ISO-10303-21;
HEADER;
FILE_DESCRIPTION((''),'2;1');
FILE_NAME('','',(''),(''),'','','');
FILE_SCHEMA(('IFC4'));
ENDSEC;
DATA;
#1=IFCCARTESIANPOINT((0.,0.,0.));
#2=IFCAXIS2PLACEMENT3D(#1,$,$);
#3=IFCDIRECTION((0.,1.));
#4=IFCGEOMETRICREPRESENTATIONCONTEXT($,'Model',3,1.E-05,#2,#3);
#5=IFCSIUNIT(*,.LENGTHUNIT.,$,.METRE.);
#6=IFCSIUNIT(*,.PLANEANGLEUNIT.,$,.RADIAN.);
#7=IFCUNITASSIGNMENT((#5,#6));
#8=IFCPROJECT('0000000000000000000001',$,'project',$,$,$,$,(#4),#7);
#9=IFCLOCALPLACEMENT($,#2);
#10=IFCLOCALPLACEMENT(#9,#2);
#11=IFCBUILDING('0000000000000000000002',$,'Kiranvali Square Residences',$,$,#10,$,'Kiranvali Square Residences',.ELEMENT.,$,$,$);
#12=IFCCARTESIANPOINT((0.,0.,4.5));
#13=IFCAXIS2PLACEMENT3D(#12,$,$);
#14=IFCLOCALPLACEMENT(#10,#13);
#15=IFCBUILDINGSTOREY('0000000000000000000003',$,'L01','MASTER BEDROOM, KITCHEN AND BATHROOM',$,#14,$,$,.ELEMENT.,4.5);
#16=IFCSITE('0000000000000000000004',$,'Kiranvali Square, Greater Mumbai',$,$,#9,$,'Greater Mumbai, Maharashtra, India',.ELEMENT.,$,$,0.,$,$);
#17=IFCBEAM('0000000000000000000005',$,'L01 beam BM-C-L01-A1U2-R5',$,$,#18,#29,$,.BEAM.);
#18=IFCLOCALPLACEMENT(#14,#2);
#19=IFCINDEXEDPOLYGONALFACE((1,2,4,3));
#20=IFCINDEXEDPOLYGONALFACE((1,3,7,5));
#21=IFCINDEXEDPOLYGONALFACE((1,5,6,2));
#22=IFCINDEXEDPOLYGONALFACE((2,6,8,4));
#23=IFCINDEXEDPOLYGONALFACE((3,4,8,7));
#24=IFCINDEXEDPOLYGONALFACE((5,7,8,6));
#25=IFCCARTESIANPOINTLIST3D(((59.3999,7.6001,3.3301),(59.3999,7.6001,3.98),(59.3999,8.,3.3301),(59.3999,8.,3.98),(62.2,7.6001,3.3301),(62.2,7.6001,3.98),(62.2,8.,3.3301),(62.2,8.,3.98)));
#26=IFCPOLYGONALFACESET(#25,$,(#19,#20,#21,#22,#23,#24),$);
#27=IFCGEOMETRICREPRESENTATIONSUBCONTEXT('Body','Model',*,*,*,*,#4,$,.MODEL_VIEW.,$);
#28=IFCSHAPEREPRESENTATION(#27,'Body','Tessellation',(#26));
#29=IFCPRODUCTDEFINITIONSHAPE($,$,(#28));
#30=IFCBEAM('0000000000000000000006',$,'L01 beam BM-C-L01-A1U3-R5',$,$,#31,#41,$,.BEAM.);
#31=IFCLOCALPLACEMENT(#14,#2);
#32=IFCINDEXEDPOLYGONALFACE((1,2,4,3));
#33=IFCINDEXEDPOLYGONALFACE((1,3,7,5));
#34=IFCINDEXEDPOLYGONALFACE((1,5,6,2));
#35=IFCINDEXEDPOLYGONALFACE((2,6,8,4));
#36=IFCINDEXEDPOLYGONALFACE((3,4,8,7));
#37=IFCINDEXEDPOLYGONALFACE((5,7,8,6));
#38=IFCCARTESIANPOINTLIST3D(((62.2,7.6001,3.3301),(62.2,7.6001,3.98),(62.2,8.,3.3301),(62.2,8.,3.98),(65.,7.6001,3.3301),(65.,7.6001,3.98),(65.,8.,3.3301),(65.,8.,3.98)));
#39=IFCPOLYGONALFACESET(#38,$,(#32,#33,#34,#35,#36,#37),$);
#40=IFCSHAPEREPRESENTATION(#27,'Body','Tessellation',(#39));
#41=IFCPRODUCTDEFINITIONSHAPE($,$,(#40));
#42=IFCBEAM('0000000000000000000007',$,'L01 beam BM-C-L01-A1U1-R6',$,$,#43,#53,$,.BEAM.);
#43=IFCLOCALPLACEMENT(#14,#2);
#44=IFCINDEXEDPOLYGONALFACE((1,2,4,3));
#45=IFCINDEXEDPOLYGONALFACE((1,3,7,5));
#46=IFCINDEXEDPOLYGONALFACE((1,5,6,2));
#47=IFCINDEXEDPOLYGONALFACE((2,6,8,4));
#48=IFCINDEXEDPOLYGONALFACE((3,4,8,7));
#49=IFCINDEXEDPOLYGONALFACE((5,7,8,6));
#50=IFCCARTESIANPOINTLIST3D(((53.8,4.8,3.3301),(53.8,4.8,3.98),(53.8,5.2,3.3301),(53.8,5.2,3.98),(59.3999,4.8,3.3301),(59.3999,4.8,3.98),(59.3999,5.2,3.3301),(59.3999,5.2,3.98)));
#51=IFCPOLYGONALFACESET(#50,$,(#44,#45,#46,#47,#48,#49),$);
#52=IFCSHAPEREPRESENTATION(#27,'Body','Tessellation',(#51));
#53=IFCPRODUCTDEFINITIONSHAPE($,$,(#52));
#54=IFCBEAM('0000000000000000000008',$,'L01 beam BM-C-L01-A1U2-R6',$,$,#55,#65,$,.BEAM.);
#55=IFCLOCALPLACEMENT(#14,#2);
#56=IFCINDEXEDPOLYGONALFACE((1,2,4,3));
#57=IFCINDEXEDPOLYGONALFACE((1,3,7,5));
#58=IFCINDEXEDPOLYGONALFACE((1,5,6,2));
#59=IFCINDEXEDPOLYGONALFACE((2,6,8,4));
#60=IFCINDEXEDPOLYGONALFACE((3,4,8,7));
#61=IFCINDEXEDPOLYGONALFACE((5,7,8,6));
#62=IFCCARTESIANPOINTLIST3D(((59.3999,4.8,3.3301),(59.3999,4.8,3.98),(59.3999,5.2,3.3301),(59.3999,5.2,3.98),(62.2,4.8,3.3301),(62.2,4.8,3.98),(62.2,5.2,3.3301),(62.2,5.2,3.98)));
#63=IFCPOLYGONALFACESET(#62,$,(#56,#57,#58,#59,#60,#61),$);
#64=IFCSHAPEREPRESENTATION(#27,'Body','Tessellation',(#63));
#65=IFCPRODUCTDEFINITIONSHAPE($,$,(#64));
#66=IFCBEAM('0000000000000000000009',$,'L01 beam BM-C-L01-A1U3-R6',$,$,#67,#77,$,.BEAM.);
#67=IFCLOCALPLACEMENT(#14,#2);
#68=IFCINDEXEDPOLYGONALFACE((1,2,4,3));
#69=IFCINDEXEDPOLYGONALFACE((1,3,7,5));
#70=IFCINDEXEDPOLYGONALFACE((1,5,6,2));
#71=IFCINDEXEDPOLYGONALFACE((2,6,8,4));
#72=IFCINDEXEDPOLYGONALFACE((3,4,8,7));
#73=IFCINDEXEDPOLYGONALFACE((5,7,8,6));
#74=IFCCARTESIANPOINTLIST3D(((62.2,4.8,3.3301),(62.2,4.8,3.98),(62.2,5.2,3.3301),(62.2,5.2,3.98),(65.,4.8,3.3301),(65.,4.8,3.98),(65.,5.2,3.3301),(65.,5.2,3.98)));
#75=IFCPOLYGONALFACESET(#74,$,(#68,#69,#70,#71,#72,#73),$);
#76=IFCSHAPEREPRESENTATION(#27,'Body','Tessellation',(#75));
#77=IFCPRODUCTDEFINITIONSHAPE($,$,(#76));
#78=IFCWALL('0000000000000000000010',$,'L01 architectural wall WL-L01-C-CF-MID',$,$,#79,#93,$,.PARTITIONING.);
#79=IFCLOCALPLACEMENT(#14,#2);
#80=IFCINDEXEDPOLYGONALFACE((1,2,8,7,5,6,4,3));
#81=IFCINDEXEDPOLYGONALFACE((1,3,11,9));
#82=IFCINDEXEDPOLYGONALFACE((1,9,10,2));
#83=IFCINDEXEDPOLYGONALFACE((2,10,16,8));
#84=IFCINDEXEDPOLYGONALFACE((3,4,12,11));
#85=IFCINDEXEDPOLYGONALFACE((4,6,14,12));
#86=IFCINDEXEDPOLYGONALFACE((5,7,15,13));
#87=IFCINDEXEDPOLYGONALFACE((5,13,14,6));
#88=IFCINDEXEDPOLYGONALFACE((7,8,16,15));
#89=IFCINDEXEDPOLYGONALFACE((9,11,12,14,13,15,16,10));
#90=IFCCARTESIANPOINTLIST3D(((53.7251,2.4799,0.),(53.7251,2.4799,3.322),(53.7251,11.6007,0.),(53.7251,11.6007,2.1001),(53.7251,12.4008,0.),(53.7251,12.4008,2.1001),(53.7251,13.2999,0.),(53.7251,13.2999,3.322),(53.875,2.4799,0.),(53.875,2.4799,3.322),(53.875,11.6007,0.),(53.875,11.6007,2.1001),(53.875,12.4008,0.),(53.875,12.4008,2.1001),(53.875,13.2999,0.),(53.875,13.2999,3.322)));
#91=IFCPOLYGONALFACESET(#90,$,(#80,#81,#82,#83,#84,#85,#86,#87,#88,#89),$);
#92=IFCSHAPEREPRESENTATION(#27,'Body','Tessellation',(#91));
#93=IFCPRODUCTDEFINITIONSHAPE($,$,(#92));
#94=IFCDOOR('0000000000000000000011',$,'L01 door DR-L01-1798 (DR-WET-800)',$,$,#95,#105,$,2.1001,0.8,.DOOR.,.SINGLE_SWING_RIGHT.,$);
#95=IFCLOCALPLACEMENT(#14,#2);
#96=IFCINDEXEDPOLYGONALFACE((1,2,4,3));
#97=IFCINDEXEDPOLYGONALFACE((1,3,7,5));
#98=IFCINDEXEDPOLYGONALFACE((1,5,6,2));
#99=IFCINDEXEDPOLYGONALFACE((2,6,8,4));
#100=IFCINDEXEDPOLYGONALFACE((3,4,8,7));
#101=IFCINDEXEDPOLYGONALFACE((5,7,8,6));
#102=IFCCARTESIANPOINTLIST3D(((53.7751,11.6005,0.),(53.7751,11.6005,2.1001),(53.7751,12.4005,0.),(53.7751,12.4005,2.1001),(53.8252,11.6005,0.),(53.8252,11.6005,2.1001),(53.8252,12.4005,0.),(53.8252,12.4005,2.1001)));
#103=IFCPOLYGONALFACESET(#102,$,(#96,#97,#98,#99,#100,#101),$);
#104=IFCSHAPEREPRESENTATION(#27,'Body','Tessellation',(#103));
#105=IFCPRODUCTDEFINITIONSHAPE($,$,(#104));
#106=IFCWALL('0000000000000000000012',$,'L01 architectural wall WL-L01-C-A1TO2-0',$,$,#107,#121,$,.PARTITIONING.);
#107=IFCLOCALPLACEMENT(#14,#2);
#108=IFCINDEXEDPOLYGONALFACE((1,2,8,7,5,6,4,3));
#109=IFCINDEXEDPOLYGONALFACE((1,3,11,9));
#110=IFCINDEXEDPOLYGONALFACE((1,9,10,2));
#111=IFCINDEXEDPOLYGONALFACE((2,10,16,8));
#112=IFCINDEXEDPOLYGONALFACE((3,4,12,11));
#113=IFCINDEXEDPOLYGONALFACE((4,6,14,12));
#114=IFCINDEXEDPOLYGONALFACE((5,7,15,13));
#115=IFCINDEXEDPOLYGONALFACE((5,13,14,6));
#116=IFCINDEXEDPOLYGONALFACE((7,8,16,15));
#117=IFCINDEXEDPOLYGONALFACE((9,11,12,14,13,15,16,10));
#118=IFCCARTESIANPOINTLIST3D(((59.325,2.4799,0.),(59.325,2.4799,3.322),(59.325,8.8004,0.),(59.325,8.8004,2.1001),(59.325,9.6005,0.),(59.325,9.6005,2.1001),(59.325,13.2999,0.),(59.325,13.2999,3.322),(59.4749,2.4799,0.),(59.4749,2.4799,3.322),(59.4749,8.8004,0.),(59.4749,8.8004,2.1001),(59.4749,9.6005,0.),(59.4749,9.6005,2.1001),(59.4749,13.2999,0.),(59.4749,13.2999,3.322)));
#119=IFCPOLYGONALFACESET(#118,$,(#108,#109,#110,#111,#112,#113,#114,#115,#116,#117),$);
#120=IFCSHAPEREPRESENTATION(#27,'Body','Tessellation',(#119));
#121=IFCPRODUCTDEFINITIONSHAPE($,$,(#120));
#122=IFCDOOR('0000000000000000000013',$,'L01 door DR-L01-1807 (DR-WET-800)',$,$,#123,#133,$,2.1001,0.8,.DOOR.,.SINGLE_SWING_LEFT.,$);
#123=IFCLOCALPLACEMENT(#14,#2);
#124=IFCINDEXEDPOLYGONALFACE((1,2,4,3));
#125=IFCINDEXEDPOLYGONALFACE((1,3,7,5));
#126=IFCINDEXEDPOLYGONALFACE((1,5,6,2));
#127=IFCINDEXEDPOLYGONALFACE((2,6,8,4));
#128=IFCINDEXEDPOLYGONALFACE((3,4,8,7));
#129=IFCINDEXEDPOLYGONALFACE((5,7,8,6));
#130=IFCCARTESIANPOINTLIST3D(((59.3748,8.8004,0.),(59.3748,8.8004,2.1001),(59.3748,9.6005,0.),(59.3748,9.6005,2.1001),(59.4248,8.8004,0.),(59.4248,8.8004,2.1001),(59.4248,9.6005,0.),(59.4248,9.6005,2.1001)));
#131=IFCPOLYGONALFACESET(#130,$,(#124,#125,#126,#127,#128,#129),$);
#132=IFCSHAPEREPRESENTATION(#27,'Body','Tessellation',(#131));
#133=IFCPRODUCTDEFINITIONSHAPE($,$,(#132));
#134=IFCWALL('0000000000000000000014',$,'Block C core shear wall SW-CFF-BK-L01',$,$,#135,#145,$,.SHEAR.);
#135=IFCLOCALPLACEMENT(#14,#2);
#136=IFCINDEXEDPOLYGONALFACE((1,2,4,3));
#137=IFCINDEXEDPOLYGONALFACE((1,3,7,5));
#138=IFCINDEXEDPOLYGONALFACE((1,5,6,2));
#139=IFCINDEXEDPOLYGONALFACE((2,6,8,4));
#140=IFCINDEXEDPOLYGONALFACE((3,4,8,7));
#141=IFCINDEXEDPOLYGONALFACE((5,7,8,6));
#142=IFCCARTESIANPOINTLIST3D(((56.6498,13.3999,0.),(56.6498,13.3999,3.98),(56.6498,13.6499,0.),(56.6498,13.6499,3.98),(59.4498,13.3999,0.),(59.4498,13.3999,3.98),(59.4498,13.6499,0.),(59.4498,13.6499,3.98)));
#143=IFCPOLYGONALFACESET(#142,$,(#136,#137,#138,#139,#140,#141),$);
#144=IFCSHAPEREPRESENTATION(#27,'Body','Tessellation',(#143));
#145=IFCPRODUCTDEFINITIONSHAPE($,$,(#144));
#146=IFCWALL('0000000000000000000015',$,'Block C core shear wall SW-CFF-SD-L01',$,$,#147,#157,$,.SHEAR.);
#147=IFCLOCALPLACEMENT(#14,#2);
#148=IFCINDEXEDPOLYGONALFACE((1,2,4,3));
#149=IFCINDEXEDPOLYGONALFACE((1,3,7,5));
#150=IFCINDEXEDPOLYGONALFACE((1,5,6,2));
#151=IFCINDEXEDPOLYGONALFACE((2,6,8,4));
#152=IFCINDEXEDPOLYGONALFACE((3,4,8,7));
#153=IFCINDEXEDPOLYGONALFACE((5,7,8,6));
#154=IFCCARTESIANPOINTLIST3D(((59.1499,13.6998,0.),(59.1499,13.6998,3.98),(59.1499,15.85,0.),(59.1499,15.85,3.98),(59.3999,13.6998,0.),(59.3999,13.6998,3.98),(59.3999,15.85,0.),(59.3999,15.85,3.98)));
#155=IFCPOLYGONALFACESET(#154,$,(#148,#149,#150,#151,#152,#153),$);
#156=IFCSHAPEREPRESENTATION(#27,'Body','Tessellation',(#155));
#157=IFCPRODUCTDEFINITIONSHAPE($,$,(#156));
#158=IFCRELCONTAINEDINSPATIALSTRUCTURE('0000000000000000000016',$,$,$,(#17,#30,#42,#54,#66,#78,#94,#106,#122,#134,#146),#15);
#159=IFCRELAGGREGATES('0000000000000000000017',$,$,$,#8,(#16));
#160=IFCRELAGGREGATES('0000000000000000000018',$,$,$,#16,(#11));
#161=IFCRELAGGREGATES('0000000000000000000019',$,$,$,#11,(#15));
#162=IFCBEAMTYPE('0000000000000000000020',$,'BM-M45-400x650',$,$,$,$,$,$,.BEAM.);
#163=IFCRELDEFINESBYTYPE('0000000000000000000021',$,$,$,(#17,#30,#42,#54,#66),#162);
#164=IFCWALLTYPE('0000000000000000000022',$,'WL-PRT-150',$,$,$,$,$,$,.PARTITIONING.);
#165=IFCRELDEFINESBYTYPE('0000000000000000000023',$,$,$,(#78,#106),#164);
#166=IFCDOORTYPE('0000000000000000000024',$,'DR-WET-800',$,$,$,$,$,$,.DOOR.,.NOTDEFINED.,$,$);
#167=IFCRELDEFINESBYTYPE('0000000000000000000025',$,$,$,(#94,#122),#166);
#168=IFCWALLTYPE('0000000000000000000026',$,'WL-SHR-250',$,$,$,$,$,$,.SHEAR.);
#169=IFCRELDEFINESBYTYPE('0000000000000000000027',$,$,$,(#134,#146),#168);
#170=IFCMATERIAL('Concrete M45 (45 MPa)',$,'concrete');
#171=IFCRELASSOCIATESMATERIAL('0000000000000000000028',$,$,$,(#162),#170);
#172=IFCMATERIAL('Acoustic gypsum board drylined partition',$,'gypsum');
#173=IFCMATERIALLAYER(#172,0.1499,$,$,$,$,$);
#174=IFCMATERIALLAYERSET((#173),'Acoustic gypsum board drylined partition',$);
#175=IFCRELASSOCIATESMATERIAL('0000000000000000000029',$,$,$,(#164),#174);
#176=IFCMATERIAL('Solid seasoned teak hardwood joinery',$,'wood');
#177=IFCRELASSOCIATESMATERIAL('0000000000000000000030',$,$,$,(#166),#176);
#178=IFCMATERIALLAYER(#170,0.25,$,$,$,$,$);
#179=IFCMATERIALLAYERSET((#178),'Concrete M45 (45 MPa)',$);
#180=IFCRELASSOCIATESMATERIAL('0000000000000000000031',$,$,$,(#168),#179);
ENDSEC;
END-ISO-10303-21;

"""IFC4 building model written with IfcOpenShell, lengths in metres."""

from ifc_helpers import new_model, si_unit, direction, frame, frame_2d, origin, origin_2d, place, context, subcontext, project, spatial, rectangle, extrude, material, layer, layer_set, material_profile, profile_set, type_object, element, fill, save


model = new_model("IFC4")

# Units and contexts
model_context = context("Model", 3, precision=1e-05, world=origin(), true_north=direction((0.0, 1.0)))
body_context = subcontext(model_context, "Body", "Model", "MODEL_VIEW")
ifc_project = project(units=[si_unit("LENGTHUNIT", "METRE"), si_unit("PLANEANGLEUNIT", "RADIAN")], contexts=[model_context])

# Site, building, storey
site_placement = place(None, origin())
site = spatial("IfcSite", under=ifc_project, at=site_placement, Name="Kiranvali Square, Greater Mumbai", LongName="Greater Mumbai, Maharashtra, India", CompositionType="ELEMENT", RefElevation=0.0)
building_placement = place(site_placement, origin())
building = spatial("IfcBuilding", under=site, at=building_placement, Name="Kiranvali Square Residences", LongName="Kiranvali Square Residences", CompositionType="ELEMENT")
storey_placement = place(building_placement, frame((0.0, 0.0, 4.5)))
storey = spatial("IfcBuildingStorey", under=building, at=storey_placement, Name="L01", Description="MASTER BEDROOM, KITCHEN AND BATHROOM", CompositionType="ELEMENT", Elevation=4.5)

# Beams
ifc_material_1 = material(Name="Concrete M45 (45 MPa)", Category="concrete")
ifc_material_profile_1 = material_profile(ifc_material_1, rectangle(XDim=0.3999, YDim=0.6499, at=origin_2d()), Name="RC 400x650")
ifc_profile_set_1 = profile_set([ifc_material_profile_1], Name="Concrete M45 (45 MPa)")
beam_type_1 = type_object("IfcBeamType", Name="BM-M45-400x650", PredefinedType="BEAM", material=ifc_profile_set_1)
for number, where, z_axis, x_axis, name in (
    (1, (59.3999, 7.8, 3.655), (1.0, 0.0, 0.0), (0.0, 1.0, 0.0), "L01 beam BM-C-L01-A1U2-R5"),
    (2, (62.2, 7.8, 3.655), (1.0, 0.0, 0.0), (0.0, 1.0, 0.0), "L01 beam BM-C-L01-A1U3-R5"),
):
    element("IfcBeam", number, at=place(storey_placement, frame(where, z_axis=z_axis, x_axis=x_axis)), inside=storey, type_object=beam_type_1, Name=name, PredefinedType="BEAM", context=body_context, shape_type="SweptSolid", body=[
        extrude(rectangle(XDim=0.3999, YDim=0.6499, at=origin_2d()), origin(), (0.0, 0.0, 1.0), 2.8),
    ])
beam_1_placement = place(storey_placement, frame((53.8, 5.0, 3.655), z_axis=(1.0, 0.0, 0.0), x_axis=(0.0, 1.0, 0.0)))
element("IfcBeam", 3, at=beam_1_placement, inside=storey, type_object=beam_type_1, Name="L01 beam BM-C-L01-A1U1-R6", PredefinedType="BEAM", context=body_context, shape_type="SweptSolid", body=[
    extrude(rectangle(XDim=0.3999, YDim=0.6499, at=origin_2d()), origin(), (0.0, 0.0, 1.0), 5.5999),
])
for number, where, z_axis, x_axis, name in (
    (4, (59.3999, 5.0, 3.655), (1.0, 0.0, 0.0), (0.0, 1.0, 0.0), "L01 beam BM-C-L01-A1U2-R6"),
    (5, (62.2, 5.0, 3.655), (1.0, 0.0, 0.0), (0.0, 1.0, 0.0), "L01 beam BM-C-L01-A1U3-R6"),
):
    element("IfcBeam", number, at=place(storey_placement, frame(where, z_axis=z_axis, x_axis=x_axis)), inside=storey, type_object=beam_type_1, Name=name, PredefinedType="BEAM", context=body_context, shape_type="SweptSolid", body=[
        extrude(rectangle(XDim=0.3999, YDim=0.6499, at=origin_2d()), origin(), (0.0, 0.0, 1.0), 2.8),
    ])

# Walls, openings, doors
ifc_material_2 = material(Name="Acoustic gypsum board drylined partition", Category="gypsum")
ifc_layer_1 = layer(ifc_material_2, 0.1499)
ifc_layer_set_1 = layer_set([ifc_layer_1], Name="Acoustic gypsum board drylined partition")
wall_type_1 = type_object("IfcWallType", Name="WL-PRT-150", PredefinedType="PARTITIONING", material=ifc_layer_set_1)
wall_1_placement = place(storey_placement, frame((53.8, 13.3, 0.0), z_axis=(0.0, 0.0, 1.0), x_axis=(0.0, -1.0, 0.0)))
wall_1 = element("IfcWall", 6, at=wall_1_placement, inside=storey, type_object=wall_type_1, Name="L01 architectural wall WL-L01-C-CF-MID", PredefinedType="PARTITIONING", context=body_context, shape_type="SweptSolid", body=[
    extrude(rectangle(XDim=10.8201, YDim=0.1499, at=frame_2d((5.4102, 0.0))), origin(), (0.0, 0.0, 1.0), 3.322),
])
opening_1_placement = place(wall_1_placement, frame((0.8994, 0.0, 0.0)))
opening_1 = element("IfcOpeningElement", 7, at=opening_1_placement, cuts=wall_1, PredefinedType="OPENING", context=body_context, shape_type="SweptSolid", body=[
    extrude(rectangle(XDim=0.8, YDim=2.1001, at=frame_2d((0.3999, 1.05))), frame((0.0, 0.085, 0.0), z_axis=(0.0, -1.0, 0.0), x_axis=(1.0, 0.0, 0.0)), (0.0, 0.0, 1.0), 0.1699),
])
ifc_material_3 = material(Name="Solid seasoned teak hardwood joinery", Category="wood")
door_type_1 = type_object("IfcDoorType", Name="DR-WET-800", OperationType="NOTDEFINED", PredefinedType="DOOR", material=ifc_material_3)
door_1_placement = place(opening_1_placement, frame((0.8, 0.0, 0.0), z_axis=(0.0, 0.0, 1.0), x_axis=(-1.0, 0.0, 0.0)))
door_1 = element("IfcDoor", 8, at=door_1_placement, inside=storey, type_object=door_type_1, Name="L01 door DR-L01-1798 (DR-WET-800)", OperationType="SINGLE_SWING_RIGHT", OverallHeight=2.1001, OverallWidth=0.8, PredefinedType="DOOR", context=body_context, shape_type="SweptSolid", body=[
    extrude(rectangle(XDim=0.8, YDim=2.1001, at=frame_2d((0.3999, 1.05))), frame((0.0, 0.0249, 0.0), z_axis=(0.0, -1.0, 0.0), x_axis=(1.0, 0.0, 0.0)), (0.0, 0.0, 1.0), 0.05),
])
fill(opening_1, door_1)
wall_2_placement = place(storey_placement, frame((59.3999, 13.3, 0.0), z_axis=(0.0, 0.0, 1.0), x_axis=(0.0, -1.0, 0.0)))
wall_2 = element("IfcWall", 9, at=wall_2_placement, inside=storey, type_object=wall_type_1, Name="L01 architectural wall WL-L01-C-A1TO2-0", PredefinedType="PARTITIONING", context=body_context, shape_type="SweptSolid", body=[
    extrude(rectangle(XDim=10.8201, YDim=0.1499, at=frame_2d((5.4102, 0.0))), origin(), (0.0, 0.0, 1.0), 3.322),
])
opening_2_placement = place(wall_2_placement, frame((3.6997, 0.0, 0.0)))
opening_2 = element("IfcOpeningElement", 10, at=opening_2_placement, cuts=wall_2, PredefinedType="OPENING", context=body_context, shape_type="SweptSolid", body=[
    extrude(rectangle(XDim=0.8, YDim=2.1001, at=frame_2d((0.3999, 1.05))), frame((0.0, 0.085, 0.0), z_axis=(0.0, -1.0, 0.0), x_axis=(1.0, 0.0, 0.0)), (0.0, 0.0, 1.0), 0.1699),
])
door_2_placement = place(opening_2_placement, origin())
door_2 = element("IfcDoor", 11, at=door_2_placement, inside=storey, type_object=door_type_1, Name="L01 door DR-L01-1807 (DR-WET-800)", OperationType="SINGLE_SWING_LEFT", OverallHeight=2.1001, OverallWidth=0.8, PredefinedType="DOOR", context=body_context, shape_type="SweptSolid", body=[
    extrude(rectangle(XDim=0.8, YDim=2.1001, at=frame_2d((0.3999, 1.05))), frame((0.0, 0.0249, 0.0), z_axis=(0.0, -1.0, 0.0), x_axis=(1.0, 0.0, 0.0)), (0.0, 0.0, 1.0), 0.05),
])
fill(opening_2, door_2)

# Walls
ifc_layer_2 = layer(ifc_material_1, 0.25)
ifc_layer_set_2 = layer_set([ifc_layer_2], Name="Concrete M45 (45 MPa)")
wall_type_2 = type_object("IfcWallType", Name="WL-SHR-250", PredefinedType="SHEAR", material=ifc_layer_set_2)
wall_3_placement = place(storey_placement, frame((56.6499, 13.5249, 0.0), z_axis=(0.0, 0.0, 1.0), x_axis=(1.0, 0.0, 0.0)))
element("IfcWall", 12, at=wall_3_placement, inside=storey, type_object=wall_type_2, Name="Block C core shear wall SW-CFF-BK-L01", PredefinedType="SHEAR", context=body_context, shape_type="SweptSolid", body=[
    extrude(rectangle(XDim=2.8, YDim=0.25, at=frame_2d((1.3999, 0.0))), origin(), (0.0, 0.0, 1.0), 3.98),
])
wall_4_placement = place(storey_placement, frame((59.2749, 15.8501, 0.0), z_axis=(0.0, 0.0, 1.0), x_axis=(0.0, -1.0, 0.0)))
element("IfcWall", 13, at=wall_4_placement, inside=storey, type_object=wall_type_2, Name="Block C core shear wall SW-CFF-SD-L01", PredefinedType="SHEAR", context=body_context, shape_type="SweptSolid", body=[
    extrude(rectangle(XDim=2.1501, YDim=0.25, at=frame_2d((1.0752, 0.0))), origin(), (0.0, 0.0, 1.0), 3.98),
])

save(model, "model.ifc")
